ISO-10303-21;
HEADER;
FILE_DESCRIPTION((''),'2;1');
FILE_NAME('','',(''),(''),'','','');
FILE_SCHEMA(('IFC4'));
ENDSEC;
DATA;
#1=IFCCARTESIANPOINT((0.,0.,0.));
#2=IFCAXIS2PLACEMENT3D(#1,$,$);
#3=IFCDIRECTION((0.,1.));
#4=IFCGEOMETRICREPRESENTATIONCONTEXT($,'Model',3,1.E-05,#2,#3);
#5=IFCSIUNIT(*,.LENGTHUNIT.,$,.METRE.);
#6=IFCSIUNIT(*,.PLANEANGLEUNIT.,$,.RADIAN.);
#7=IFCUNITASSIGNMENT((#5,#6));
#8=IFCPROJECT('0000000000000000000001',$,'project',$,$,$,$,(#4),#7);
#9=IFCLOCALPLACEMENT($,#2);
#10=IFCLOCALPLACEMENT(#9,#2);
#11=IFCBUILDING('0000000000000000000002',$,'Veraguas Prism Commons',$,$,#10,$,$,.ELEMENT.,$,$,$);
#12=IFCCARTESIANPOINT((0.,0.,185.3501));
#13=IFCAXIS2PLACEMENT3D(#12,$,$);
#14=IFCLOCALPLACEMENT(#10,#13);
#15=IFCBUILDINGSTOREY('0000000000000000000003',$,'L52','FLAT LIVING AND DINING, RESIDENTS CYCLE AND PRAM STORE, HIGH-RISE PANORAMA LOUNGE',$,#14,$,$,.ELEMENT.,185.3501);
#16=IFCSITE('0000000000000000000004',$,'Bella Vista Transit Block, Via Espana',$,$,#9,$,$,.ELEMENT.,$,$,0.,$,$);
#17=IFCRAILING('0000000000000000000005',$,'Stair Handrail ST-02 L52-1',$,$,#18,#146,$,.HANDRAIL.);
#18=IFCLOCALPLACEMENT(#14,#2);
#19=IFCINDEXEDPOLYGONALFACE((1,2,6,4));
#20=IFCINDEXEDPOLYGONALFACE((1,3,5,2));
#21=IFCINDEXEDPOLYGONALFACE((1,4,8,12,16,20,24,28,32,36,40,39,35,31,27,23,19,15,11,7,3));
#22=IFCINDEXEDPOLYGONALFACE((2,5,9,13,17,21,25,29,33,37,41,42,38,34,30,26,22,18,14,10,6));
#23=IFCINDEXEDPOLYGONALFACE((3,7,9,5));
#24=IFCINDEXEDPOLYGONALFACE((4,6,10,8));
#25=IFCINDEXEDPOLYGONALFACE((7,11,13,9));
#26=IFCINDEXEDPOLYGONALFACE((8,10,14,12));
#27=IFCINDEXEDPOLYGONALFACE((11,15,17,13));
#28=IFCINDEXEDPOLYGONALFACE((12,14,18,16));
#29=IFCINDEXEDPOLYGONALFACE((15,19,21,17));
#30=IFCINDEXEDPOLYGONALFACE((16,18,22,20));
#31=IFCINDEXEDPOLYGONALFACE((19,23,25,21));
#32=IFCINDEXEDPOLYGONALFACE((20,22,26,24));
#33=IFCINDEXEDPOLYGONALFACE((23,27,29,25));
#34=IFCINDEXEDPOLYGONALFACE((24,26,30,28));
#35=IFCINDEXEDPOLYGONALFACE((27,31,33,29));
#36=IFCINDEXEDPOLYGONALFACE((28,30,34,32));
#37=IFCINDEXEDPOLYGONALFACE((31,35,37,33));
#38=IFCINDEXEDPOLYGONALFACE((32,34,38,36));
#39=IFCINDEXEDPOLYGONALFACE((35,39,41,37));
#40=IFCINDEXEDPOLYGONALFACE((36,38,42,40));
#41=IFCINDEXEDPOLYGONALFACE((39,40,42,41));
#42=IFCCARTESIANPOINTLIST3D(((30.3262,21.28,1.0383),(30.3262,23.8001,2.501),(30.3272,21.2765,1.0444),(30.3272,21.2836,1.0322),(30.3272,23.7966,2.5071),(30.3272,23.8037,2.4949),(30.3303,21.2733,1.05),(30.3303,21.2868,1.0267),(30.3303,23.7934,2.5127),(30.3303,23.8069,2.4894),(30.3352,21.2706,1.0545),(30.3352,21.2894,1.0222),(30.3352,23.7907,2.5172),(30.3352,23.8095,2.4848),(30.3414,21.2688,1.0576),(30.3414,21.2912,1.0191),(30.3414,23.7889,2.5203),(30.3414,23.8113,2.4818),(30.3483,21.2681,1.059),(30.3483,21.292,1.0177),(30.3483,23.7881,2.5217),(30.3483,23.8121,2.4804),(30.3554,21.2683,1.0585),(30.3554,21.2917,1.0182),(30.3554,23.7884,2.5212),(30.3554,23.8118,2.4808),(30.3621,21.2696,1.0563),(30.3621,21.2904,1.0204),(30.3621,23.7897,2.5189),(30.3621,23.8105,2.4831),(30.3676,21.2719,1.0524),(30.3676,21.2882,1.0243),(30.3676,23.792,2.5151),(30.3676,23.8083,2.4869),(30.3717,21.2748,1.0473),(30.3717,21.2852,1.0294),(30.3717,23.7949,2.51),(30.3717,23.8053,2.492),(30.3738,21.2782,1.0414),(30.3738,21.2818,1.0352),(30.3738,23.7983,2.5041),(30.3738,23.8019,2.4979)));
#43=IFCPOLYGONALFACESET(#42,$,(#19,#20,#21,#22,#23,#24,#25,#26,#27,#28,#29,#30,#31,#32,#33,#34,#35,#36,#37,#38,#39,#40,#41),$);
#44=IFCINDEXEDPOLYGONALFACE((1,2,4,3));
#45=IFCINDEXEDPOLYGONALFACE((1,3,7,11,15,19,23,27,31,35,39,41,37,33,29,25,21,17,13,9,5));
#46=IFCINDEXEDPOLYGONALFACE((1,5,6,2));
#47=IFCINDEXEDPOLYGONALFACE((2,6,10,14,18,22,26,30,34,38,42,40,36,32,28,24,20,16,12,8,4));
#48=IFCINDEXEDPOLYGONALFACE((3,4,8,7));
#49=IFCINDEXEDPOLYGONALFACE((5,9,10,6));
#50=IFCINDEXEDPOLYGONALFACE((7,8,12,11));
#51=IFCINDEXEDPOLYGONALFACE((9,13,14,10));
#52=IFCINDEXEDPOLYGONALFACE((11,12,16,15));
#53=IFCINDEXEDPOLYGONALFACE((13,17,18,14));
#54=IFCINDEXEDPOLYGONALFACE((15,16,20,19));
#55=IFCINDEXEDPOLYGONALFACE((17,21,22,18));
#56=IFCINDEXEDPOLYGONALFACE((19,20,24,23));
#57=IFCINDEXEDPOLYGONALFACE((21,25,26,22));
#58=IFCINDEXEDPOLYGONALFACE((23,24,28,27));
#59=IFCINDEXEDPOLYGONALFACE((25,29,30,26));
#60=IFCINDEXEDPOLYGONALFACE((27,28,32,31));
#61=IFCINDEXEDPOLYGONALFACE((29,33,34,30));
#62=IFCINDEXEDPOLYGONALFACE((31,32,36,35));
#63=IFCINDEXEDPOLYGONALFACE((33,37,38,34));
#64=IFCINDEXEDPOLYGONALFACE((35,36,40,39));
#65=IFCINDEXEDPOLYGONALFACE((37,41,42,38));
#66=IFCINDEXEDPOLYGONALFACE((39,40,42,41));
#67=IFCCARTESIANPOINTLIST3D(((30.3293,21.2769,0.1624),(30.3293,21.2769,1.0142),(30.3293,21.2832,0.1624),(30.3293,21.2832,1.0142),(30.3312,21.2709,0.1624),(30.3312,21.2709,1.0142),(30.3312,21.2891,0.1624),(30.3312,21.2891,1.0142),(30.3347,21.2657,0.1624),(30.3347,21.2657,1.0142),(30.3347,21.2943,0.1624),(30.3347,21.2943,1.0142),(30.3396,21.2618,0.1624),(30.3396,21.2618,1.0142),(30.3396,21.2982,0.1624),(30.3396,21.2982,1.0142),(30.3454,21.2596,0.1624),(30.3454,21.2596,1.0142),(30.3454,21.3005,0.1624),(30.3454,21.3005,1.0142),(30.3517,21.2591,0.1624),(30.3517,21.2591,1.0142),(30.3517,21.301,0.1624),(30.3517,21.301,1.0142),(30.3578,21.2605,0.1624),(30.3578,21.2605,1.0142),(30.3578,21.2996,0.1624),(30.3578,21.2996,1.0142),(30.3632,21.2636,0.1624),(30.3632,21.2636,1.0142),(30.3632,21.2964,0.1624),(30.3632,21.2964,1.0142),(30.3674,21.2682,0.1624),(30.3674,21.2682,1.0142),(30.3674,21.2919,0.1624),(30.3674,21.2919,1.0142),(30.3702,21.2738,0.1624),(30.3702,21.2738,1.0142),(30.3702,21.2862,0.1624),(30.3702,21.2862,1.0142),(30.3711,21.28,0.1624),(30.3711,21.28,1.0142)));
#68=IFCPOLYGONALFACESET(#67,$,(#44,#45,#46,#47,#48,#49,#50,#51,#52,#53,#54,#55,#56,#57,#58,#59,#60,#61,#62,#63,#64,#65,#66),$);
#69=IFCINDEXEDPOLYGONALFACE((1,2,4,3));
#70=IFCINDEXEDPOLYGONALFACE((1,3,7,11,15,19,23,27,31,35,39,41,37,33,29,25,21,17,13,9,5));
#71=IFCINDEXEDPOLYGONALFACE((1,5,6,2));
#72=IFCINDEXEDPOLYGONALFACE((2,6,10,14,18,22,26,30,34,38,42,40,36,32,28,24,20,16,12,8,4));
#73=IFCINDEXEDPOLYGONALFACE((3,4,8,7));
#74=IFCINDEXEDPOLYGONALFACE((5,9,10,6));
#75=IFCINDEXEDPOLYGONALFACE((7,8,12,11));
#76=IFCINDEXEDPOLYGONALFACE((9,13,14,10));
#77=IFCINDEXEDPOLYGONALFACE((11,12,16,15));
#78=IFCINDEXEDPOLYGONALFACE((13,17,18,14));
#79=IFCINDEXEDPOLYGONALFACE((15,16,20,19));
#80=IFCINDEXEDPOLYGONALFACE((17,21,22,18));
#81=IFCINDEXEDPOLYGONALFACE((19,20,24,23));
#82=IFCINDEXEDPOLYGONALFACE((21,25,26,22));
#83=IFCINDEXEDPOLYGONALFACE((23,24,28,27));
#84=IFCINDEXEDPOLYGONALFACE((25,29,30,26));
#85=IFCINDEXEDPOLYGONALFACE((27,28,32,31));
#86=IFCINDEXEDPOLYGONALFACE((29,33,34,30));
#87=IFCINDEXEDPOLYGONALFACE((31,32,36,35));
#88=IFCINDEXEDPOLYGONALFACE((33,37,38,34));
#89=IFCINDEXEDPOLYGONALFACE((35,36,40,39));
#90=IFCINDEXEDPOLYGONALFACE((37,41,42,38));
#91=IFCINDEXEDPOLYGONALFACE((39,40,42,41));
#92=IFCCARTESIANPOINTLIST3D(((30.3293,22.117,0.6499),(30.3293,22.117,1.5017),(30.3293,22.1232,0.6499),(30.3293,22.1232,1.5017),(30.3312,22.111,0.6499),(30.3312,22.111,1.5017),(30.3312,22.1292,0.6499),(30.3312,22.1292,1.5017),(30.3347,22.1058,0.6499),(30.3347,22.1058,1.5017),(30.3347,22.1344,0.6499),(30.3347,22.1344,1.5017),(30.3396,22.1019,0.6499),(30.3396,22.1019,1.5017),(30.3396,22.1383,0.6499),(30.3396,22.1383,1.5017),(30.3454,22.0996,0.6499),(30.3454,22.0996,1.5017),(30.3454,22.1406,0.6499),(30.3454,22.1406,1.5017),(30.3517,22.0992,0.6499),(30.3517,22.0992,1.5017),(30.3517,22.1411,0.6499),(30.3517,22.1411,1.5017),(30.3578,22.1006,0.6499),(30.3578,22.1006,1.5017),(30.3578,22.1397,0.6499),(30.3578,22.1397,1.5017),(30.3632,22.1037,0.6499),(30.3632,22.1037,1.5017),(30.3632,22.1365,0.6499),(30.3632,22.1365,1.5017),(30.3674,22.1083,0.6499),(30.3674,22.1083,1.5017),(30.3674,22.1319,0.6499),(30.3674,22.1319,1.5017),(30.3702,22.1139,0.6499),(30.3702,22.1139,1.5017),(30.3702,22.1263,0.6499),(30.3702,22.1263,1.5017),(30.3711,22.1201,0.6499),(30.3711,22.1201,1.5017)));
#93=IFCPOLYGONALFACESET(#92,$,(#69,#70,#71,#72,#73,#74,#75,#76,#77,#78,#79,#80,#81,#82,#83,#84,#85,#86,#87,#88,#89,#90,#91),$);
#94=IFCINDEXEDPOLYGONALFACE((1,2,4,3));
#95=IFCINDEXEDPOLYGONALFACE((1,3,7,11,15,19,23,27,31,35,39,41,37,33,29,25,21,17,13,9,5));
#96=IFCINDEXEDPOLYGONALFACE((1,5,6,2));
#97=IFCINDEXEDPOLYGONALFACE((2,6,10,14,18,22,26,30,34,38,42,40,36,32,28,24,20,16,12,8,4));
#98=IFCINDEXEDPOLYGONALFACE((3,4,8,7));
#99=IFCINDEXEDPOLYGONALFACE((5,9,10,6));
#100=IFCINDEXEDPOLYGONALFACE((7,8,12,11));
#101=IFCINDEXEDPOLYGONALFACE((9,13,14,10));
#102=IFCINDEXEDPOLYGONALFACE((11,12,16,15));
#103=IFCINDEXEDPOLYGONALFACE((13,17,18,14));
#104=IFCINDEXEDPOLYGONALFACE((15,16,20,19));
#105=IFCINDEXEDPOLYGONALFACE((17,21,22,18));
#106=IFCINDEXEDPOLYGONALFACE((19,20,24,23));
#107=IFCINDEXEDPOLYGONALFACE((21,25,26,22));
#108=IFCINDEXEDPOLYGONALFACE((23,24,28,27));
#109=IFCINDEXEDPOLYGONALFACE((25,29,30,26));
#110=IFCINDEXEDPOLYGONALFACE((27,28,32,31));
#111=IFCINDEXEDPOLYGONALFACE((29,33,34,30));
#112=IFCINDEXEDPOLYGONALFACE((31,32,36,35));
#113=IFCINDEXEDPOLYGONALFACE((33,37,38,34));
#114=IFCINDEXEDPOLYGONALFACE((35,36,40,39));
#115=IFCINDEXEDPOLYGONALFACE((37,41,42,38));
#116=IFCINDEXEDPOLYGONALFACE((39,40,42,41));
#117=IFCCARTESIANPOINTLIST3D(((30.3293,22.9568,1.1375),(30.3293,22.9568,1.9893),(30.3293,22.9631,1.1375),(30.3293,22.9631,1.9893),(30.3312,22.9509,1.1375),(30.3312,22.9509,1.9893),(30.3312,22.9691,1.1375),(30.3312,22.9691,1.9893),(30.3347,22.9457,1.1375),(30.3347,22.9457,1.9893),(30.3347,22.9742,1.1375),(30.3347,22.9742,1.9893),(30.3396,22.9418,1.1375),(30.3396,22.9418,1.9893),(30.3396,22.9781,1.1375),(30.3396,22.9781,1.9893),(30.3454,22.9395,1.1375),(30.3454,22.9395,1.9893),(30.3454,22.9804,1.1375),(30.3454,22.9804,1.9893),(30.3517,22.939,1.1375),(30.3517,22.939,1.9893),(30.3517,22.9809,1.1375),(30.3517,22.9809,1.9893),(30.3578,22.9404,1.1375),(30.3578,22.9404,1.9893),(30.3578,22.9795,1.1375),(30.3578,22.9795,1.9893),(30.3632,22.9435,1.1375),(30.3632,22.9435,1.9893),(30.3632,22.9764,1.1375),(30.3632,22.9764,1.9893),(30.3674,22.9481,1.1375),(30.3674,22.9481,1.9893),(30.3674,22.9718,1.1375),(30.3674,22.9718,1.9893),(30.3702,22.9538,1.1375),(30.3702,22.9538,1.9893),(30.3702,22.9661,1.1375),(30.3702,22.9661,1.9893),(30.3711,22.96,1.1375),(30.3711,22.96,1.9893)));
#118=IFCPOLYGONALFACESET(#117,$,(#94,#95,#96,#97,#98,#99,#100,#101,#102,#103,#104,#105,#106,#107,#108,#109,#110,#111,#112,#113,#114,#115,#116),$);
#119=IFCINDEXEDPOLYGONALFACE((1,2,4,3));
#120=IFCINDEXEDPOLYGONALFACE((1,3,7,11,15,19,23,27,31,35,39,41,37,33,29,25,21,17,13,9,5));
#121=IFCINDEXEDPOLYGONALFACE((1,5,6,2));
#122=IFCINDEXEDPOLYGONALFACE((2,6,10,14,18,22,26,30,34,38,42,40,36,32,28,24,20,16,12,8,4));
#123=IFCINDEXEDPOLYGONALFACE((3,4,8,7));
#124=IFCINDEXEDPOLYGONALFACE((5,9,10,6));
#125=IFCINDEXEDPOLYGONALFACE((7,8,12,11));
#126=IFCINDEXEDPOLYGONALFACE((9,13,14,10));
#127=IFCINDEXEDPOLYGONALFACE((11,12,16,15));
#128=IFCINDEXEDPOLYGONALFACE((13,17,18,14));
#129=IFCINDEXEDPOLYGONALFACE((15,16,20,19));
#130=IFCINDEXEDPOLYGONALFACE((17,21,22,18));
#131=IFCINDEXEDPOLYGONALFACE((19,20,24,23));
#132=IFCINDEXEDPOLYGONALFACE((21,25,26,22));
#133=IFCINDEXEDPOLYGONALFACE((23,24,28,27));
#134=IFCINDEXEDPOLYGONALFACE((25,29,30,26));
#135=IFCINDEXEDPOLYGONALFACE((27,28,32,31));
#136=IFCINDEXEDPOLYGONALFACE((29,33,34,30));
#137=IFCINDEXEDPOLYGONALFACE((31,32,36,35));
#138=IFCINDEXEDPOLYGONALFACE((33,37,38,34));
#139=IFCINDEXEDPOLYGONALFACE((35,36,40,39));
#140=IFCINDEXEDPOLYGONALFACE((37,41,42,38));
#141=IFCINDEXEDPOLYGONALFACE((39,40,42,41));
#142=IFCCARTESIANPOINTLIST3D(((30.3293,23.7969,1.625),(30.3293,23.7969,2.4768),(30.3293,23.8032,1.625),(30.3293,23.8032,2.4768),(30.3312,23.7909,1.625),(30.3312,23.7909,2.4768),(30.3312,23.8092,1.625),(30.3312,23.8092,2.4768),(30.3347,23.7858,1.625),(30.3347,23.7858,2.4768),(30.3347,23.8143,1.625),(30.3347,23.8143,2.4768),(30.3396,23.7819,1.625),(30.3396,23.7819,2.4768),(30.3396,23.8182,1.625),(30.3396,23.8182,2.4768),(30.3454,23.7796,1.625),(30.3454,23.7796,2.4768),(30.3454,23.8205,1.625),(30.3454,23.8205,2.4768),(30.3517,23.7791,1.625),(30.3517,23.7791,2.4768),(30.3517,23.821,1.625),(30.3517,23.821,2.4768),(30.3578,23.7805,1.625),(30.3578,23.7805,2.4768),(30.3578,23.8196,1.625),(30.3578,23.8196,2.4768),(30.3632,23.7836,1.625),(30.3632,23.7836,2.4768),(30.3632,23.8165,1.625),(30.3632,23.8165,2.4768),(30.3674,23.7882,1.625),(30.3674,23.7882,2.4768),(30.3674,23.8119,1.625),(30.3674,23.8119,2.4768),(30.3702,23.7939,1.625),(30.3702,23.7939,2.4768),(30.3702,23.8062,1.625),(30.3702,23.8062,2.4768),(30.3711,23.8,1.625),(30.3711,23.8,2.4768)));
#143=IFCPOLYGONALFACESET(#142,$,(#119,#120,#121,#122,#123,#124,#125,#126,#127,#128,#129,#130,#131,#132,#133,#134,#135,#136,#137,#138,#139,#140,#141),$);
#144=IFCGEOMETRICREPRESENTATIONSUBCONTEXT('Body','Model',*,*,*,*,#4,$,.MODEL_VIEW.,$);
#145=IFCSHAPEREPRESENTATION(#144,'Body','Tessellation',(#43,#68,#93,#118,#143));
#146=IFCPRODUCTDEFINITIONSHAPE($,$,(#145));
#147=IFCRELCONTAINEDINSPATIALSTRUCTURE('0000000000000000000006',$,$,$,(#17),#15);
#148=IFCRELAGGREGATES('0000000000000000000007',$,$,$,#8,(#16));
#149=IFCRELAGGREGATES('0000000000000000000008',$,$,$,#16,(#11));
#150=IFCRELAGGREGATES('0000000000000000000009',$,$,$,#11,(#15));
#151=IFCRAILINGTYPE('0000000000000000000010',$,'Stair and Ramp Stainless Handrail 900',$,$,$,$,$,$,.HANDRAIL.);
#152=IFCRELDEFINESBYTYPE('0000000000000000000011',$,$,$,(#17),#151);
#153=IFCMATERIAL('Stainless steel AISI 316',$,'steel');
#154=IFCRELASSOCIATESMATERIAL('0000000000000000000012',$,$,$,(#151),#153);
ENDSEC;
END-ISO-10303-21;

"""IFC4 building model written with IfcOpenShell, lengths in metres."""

from ifc_helpers import new_model, si_unit, direction, frame, origin, origin_2d, place, context, subcontext, project, spatial, circle, extrude, material, type_object, element, save


model = new_model("IFC4")

# Units and contexts
model_context = context("Model", 3, precision=1e-05, world=origin(), true_north=direction((0.0, 1.0)))
body_context = subcontext(model_context, "Body", "Model", "MODEL_VIEW")
ifc_project = project(units=[si_unit("LENGTHUNIT", "METRE"), si_unit("PLANEANGLEUNIT", "RADIAN")], contexts=[model_context])

# Site, building, storey
site_placement = place(None, origin())
site = spatial("IfcSite", under=ifc_project, at=site_placement, Name="Bella Vista Transit Block, Via Espana", CompositionType="ELEMENT", RefElevation=0.0)
building_placement = place(site_placement, origin())
building = spatial("IfcBuilding", under=site, at=building_placement, Name="Veraguas Prism Commons", CompositionType="ELEMENT")
storey_placement = place(building_placement, frame((0.0, 0.0, 185.3501)))
storey = spatial("IfcBuildingStorey", under=building, at=storey_placement, Name="L52", Description="FLAT LIVING AND DINING, RESIDENTS CYCLE AND PRAM STORE, HIGH-RISE PANORAMA LOUNGE", CompositionType="ELEMENT", Elevation=185.3501)

# Railing
ifc_material_1 = material(Name="Stainless steel AISI 316", Category="steel")
railing_type_1 = type_object("IfcRailingType", Name="Stair and Ramp Stainless Handrail 900", PredefinedType="HANDRAIL", material=ifc_material_1)
railing_1_placement = place(storey_placement, frame((30.3501, 21.28, 0.1624)))
element("IfcRailing", 1, at=railing_1_placement, inside=storey, type_object=railing_type_1, Name="Stair Handrail ST-02 L52-1", PredefinedType="HANDRAIL", context=body_context, shape_type="SweptSolid", body=[
    extrude(circle(Radius=0.0239, at=origin_2d()), frame((0.0, 0.0, 0.876), z_axis=(0.0, 0.864877, 0.501984), x_axis=(-1.0, 0.0, 0.0)), (0.0, 0.0, 1.0), 2.9138),
    extrude(circle(Radius=0.021, at=origin_2d()), origin(), (0.0, 0.0, 1.0), 0.8518),
    extrude(circle(Radius=0.021, at=origin_2d()), frame((0.0, 0.8401, 0.4875)), (0.0, 0.0, 1.0), 0.8518),
    extrude(circle(Radius=0.021, at=origin_2d()), frame((0.0, 1.6799, 0.9751)), (0.0, 0.0, 1.0), 0.8518),
    extrude(circle(Radius=0.021, at=origin_2d()), frame((0.0, 2.52, 1.4626)), (0.0, 0.0, 1.0), 0.8518),
])

save(model, "model.ifc")
